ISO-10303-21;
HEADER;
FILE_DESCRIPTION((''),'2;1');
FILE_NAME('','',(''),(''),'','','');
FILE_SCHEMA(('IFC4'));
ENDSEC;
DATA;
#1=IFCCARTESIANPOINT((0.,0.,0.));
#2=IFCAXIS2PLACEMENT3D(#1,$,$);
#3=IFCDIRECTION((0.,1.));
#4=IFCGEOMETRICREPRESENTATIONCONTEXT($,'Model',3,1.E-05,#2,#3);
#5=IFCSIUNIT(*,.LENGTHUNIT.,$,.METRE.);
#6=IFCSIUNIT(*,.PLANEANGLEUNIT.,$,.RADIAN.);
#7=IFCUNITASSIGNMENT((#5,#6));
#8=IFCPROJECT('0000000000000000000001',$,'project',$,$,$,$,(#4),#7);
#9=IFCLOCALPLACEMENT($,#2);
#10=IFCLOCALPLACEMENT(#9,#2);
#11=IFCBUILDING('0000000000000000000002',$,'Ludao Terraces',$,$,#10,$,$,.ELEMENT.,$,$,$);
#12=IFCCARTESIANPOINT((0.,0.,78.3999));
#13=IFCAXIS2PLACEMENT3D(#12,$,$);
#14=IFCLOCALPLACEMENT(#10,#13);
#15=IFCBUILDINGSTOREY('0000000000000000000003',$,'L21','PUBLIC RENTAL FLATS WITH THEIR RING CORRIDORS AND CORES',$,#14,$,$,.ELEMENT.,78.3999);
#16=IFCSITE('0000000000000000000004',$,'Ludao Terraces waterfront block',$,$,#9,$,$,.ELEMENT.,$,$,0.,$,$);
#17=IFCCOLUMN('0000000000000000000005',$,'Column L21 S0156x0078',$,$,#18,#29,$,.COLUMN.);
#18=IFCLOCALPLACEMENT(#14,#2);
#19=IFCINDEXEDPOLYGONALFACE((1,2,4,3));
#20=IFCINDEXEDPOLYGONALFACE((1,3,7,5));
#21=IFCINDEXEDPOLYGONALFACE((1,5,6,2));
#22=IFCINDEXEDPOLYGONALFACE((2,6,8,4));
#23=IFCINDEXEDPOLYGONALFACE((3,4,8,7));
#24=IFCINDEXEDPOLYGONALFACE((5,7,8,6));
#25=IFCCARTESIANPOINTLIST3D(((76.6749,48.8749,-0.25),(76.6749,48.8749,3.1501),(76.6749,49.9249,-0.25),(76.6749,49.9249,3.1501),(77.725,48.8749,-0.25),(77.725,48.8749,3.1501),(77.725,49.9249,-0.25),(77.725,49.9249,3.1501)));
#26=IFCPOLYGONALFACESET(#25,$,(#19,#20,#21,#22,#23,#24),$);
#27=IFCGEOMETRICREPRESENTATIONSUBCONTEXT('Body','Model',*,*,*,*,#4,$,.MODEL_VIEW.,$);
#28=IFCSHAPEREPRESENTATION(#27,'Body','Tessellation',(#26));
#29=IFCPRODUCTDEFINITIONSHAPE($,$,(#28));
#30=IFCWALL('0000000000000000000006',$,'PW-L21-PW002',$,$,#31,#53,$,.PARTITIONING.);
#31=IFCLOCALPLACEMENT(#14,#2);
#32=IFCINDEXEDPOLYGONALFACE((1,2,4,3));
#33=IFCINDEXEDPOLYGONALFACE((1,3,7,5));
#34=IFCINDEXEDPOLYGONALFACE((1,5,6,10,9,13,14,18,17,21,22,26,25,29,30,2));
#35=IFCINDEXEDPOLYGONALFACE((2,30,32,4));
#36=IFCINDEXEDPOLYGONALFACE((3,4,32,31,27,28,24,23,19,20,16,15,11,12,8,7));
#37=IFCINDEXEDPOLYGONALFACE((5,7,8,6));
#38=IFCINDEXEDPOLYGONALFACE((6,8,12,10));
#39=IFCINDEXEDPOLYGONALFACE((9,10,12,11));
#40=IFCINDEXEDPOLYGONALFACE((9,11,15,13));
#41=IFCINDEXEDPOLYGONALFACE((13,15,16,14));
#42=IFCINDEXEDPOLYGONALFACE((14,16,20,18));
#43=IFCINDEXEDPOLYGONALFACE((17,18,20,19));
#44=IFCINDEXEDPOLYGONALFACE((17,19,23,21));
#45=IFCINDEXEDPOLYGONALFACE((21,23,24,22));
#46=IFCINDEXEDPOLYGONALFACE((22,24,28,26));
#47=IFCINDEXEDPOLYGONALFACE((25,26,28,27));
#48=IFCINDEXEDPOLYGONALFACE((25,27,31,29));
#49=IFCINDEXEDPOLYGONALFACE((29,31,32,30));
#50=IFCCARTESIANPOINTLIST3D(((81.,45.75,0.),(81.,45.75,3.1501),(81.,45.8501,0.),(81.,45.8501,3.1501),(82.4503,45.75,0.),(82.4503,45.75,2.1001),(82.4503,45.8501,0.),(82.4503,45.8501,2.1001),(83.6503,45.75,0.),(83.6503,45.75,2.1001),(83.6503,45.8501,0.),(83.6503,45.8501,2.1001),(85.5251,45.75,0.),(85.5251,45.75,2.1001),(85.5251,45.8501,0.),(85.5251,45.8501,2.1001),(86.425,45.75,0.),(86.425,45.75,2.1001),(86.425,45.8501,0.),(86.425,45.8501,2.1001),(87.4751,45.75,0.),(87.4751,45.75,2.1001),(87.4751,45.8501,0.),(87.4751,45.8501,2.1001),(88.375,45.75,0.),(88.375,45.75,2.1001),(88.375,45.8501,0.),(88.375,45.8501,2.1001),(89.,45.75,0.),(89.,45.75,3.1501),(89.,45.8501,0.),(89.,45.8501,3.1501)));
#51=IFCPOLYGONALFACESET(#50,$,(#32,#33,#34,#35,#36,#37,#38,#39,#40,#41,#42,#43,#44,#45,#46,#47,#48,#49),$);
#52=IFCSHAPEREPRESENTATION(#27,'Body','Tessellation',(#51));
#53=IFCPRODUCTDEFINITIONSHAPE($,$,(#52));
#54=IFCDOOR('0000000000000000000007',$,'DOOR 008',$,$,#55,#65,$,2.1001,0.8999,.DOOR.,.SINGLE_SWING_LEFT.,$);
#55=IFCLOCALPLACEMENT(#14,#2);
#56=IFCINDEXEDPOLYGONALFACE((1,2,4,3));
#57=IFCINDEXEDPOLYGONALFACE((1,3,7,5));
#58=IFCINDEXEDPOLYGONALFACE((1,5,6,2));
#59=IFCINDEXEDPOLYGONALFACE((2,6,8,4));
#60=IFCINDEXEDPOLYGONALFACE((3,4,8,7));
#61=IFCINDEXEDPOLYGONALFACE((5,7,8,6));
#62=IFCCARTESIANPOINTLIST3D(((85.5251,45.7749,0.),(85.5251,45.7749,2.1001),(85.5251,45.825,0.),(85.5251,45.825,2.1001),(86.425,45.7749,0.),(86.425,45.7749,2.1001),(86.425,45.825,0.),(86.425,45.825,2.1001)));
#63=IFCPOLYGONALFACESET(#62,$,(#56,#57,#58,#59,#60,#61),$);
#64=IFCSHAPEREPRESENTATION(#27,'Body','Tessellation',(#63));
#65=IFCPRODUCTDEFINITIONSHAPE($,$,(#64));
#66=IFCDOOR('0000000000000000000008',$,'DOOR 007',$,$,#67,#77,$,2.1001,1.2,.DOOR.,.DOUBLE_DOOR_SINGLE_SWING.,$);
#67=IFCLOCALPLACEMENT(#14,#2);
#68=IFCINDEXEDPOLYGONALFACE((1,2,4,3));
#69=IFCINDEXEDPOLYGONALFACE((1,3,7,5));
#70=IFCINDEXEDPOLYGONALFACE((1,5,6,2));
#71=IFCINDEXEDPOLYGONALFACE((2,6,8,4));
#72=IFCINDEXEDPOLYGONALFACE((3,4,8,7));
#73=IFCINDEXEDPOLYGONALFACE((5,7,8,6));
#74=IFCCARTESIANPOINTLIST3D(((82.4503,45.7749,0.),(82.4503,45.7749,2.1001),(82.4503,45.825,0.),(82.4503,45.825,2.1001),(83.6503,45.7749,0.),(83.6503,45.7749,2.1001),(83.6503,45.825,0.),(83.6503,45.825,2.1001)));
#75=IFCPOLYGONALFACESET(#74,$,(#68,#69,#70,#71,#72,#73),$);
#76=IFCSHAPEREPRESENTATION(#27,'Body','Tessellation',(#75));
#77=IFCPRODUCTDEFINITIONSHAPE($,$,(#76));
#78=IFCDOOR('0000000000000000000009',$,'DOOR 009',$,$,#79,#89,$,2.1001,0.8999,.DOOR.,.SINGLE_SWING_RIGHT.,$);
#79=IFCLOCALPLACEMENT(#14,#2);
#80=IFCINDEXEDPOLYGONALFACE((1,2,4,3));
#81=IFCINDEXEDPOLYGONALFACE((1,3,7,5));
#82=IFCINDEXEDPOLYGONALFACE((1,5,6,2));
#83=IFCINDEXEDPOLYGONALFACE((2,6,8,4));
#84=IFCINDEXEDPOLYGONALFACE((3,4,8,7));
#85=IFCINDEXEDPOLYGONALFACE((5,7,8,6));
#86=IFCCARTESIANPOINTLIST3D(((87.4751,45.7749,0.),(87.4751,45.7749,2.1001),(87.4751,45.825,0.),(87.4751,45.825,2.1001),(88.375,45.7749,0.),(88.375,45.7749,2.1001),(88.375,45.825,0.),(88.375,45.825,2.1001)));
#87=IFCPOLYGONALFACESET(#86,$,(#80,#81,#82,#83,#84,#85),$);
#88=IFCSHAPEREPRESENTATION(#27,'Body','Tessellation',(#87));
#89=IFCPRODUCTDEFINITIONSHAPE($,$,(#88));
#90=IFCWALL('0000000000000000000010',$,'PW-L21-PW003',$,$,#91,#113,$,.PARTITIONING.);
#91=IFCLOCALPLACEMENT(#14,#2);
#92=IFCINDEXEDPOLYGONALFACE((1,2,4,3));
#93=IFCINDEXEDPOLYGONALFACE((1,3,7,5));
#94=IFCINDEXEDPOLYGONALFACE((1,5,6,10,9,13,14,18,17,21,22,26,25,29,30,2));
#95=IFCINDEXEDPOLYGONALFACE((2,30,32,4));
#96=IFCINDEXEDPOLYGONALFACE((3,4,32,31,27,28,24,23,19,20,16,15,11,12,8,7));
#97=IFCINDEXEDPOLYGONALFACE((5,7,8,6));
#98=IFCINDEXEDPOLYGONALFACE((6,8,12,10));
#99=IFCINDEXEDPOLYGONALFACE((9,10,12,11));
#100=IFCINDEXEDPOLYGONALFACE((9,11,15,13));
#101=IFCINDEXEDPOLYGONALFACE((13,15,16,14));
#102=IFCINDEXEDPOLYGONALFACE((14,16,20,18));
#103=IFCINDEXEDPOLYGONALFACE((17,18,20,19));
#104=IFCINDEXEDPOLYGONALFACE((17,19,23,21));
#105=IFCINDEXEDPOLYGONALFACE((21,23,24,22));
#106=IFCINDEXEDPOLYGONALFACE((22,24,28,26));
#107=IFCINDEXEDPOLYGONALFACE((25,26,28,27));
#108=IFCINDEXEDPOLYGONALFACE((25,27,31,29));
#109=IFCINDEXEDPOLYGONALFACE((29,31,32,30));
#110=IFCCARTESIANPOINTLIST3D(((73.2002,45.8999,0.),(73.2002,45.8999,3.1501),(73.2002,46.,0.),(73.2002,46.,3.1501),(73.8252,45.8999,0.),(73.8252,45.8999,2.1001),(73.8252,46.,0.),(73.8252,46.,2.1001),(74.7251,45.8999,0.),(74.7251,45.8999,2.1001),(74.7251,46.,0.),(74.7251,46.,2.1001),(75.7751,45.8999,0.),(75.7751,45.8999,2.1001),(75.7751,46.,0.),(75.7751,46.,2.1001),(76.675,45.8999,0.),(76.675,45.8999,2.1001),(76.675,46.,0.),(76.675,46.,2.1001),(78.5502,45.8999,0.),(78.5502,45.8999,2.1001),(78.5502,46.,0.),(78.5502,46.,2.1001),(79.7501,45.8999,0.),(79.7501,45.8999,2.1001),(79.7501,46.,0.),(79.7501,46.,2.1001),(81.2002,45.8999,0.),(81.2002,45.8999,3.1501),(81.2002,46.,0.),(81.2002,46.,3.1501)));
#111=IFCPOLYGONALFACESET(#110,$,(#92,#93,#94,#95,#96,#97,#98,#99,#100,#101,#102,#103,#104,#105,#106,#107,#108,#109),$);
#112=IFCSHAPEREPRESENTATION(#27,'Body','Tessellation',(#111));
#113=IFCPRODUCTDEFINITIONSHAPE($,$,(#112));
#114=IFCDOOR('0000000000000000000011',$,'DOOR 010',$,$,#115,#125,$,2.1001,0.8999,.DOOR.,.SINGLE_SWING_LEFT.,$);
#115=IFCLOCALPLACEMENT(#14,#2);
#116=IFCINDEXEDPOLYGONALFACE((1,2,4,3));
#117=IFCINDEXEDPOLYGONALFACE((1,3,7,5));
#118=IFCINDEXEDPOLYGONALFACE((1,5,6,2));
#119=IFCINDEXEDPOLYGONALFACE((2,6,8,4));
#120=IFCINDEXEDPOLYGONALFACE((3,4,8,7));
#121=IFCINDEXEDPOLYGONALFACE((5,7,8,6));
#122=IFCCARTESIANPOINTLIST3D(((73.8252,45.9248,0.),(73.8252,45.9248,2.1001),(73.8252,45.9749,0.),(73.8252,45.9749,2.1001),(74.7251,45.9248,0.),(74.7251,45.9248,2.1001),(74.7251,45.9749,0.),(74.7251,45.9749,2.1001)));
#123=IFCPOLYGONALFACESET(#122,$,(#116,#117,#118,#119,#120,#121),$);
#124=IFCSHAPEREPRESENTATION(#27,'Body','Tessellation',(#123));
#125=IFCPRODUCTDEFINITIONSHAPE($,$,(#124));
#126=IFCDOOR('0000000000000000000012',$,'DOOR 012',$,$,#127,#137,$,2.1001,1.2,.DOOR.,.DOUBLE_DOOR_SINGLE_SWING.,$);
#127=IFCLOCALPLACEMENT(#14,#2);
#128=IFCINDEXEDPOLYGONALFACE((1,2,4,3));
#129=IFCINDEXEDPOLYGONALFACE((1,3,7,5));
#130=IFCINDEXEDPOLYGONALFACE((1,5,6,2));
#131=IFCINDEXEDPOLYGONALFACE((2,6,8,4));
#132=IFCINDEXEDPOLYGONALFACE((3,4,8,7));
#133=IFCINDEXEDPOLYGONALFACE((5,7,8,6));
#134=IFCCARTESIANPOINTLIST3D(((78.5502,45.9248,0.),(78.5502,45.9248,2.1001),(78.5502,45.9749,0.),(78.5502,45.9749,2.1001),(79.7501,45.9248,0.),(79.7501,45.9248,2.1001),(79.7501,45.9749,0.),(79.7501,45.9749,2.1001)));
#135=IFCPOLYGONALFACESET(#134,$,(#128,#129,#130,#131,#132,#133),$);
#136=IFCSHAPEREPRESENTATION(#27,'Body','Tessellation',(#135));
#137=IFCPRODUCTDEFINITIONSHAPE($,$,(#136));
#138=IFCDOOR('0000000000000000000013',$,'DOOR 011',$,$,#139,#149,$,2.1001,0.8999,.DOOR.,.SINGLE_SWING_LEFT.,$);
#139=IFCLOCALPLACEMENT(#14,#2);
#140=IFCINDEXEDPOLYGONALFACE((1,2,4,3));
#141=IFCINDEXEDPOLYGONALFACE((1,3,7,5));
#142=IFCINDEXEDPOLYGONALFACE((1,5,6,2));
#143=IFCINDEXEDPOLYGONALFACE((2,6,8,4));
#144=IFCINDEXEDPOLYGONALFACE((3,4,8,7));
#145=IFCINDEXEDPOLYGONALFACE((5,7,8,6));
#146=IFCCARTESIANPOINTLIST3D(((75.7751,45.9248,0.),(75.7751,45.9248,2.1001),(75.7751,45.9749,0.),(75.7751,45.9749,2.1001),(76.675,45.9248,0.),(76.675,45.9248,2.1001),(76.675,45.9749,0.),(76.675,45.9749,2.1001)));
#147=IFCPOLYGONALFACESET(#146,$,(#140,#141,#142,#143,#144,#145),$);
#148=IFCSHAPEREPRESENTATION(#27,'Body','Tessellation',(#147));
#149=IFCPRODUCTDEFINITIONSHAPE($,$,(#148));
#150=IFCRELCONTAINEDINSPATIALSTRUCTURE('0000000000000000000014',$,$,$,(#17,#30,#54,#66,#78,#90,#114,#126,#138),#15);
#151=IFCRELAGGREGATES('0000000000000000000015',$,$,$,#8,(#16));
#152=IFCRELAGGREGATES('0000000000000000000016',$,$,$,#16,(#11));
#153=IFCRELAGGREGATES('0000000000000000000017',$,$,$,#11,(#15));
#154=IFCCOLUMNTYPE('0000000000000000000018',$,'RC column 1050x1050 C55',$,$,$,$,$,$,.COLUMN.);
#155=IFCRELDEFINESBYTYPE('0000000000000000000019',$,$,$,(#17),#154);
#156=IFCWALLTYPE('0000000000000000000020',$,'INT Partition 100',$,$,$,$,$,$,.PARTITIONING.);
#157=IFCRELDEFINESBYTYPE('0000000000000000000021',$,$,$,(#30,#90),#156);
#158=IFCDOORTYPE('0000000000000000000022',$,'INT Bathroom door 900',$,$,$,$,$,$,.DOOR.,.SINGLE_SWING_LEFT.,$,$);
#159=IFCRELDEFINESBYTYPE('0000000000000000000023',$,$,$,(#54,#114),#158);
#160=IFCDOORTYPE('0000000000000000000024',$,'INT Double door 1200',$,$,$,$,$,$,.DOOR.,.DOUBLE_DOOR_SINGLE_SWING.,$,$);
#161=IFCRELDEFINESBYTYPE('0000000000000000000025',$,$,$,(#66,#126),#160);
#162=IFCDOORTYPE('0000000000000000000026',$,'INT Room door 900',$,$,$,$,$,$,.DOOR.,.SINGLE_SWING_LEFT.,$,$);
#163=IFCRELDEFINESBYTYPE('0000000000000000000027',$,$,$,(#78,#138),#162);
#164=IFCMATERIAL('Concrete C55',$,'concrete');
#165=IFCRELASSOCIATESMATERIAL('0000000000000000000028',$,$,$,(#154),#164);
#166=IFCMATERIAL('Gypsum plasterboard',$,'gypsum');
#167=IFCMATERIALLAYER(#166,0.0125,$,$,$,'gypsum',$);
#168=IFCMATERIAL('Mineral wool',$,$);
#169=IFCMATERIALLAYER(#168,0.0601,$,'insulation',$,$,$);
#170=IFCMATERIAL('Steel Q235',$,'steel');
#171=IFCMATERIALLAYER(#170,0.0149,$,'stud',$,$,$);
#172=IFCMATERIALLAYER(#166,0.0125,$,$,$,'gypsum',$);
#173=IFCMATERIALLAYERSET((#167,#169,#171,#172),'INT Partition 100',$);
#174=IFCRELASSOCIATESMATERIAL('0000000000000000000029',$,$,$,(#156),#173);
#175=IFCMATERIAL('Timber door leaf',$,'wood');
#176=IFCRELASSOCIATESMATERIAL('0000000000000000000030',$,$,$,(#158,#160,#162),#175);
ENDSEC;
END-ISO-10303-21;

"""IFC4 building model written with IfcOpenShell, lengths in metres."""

from ifc_helpers import new_model, si_unit, direction, frame, frame_2d, origin, origin_2d, place, context, subcontext, project, spatial, rectangle, extrude, material, layer, layer_set, material_profile, profile_set, type_object, element, fill, save


model = new_model("IFC4")

# Units and contexts
model_context = context("Model", 3, precision=1e-05, world=origin(), true_north=direction((0.0, 1.0)))
body_context = subcontext(model_context, "Body", "Model", "MODEL_VIEW")
ifc_project = project(units=[si_unit("LENGTHUNIT", "METRE"), si_unit("PLANEANGLEUNIT", "RADIAN")], contexts=[model_context])

# Site, building, storey
site_placement = place(None, origin())
site = spatial("IfcSite", under=ifc_project, at=site_placement, Name="Ludao Terraces waterfront block", CompositionType="ELEMENT", RefElevation=0.0)
building_placement = place(site_placement, origin())
building = spatial("IfcBuilding", under=site, at=building_placement, Name="Ludao Terraces", CompositionType="ELEMENT")
storey_placement = place(building_placement, frame((0.0, 0.0, 78.3999)))
storey = spatial("IfcBuildingStorey", under=building, at=storey_placement, Name="L21", Description="PUBLIC RENTAL FLATS WITH THEIR RING CORRIDORS AND CORES", CompositionType="ELEMENT", Elevation=78.3999)

# Column
ifc_material_1 = material(Name="Concrete C55", Category="concrete")
ifc_material_profile = material_profile(ifc_material_1, rectangle(XDim=1.05, YDim=1.05, at=origin_2d()), Name="1050 X 1050")
ifc_profile_set = profile_set([ifc_material_profile], Name="Concrete C55")
column_type = type_object("IfcColumnType", Name="RC column 1050x1050 C55", PredefinedType="COLUMN", material=ifc_profile_set)
column_placement = place(storey_placement, frame((77.2, 49.3999, -0.25), z_axis=(0.0, 0.0, 1.0), x_axis=(1.0, 0.0, 0.0)))
element("IfcColumn", 1, at=column_placement, inside=storey, type_object=column_type, Name="Column L21 S0156x0078", PredefinedType="COLUMN", context=body_context, shape_type="SweptSolid", body=[
    extrude(rectangle(XDim=1.05, YDim=1.05, at=origin_2d()), origin(), (0.0, 0.0, 1.0), 3.4001),
])

# Walls, openings, doors
ifc_material_2 = material(Name="Gypsum plasterboard", Category="gypsum")
ifc_layer_1 = layer(ifc_material_2, 0.0125, Category="gypsum")
ifc_material_3 = material(Name="Mineral wool")
ifc_layer_2 = layer(ifc_material_3, 0.0601, Name="insulation")
ifc_material_4 = material(Name="Steel Q235", Category="steel")
ifc_layer_3 = layer(ifc_material_4, 0.0149, Name="stud")
ifc_layer_4 = layer(ifc_material_2, 0.0125, Category="gypsum")
ifc_layer_set_1 = layer_set([ifc_layer_1, ifc_layer_2, ifc_layer_3, ifc_layer_4], Name="INT Partition 100")
wall_type_1 = type_object("IfcWallType", Name="INT Partition 100", PredefinedType="PARTITIONING", material=ifc_layer_set_1)
wall_1_placement = place(storey_placement, frame((81.0, 45.8, 0.0), z_axis=(0.0, 0.0, 1.0), x_axis=(1.0, 0.0, 0.0)))
wall_1 = element("IfcWall", 2, at=wall_1_placement, inside=storey, type_object=wall_type_1, Name="PW-L21-PW002", PredefinedType="PARTITIONING", context=body_context, shape_type="SweptSolid", body=[
    extrude(rectangle(XDim=8.0, YDim=0.1001, at=frame_2d((4.0, 0.0))), origin(), (0.0, 0.0, 1.0), 3.1501),
])
opening_1_placement = place(wall_1_placement, frame((1.4502, 0.0, 0.0)))
opening_1 = element("IfcOpeningElement", 3, at=opening_1_placement, cuts=wall_1, PredefinedType="OPENING", context=body_context, shape_type="SweptSolid", body=[
    extrude(rectangle(XDim=1.2, YDim=2.1001, at=frame_2d((0.6001, 1.05))), frame((0.0, 0.0601, 0.0), z_axis=(0.0, -1.0, 0.0), x_axis=(1.0, 0.0, 0.0)), (0.0, 0.0, 1.0), 0.1201),
])
opening_2_placement = place(wall_1_placement, frame((4.5251, 0.0, 0.0)))
opening_2 = element("IfcOpeningElement", 4, at=opening_2_placement, cuts=wall_1, PredefinedType="OPENING", context=body_context, shape_type="SweptSolid", body=[
    extrude(rectangle(XDim=0.8999, YDim=2.1001, at=frame_2d((0.45, 1.05))), frame((0.0, 0.0601, 0.0), z_axis=(0.0, -1.0, 0.0), x_axis=(1.0, 0.0, 0.0)), (0.0, 0.0, 1.0), 0.1201),
])
opening_3_placement = place(wall_1_placement, frame((6.4751, 0.0, 0.0)))
opening_3 = element("IfcOpeningElement", 5, at=opening_3_placement, cuts=wall_1, PredefinedType="OPENING", context=body_context, shape_type="SweptSolid", body=[
    extrude(rectangle(XDim=0.8999, YDim=2.1001, at=frame_2d((0.45, 1.05))), frame((0.0, 0.0601, 0.0), z_axis=(0.0, -1.0, 0.0), x_axis=(1.0, 0.0, 0.0)), (0.0, 0.0, 1.0), 0.1201),
])
ifc_material_5 = material(Name="Timber door leaf", Category="wood")
door_type_1 = type_object("IfcDoorType", Name="INT Bathroom door 900", OperationType="SINGLE_SWING_LEFT", PredefinedType="DOOR", material=ifc_material_5)
door_1_placement = place(opening_2_placement, origin())
door_1 = element("IfcDoor", 6, at=door_1_placement, inside=storey, type_object=door_type_1, Name="DOOR 008", OperationType="SINGLE_SWING_LEFT", OverallHeight=2.1001, OverallWidth=0.8999, PredefinedType="DOOR", context=body_context, shape_type="SweptSolid", body=[
    extrude(rectangle(XDim=0.8999, YDim=2.1001, at=frame_2d((0.45, 1.05))), frame((0.0, 0.0249, 0.0), z_axis=(0.0, -1.0, 0.0), x_axis=(1.0, 0.0, 0.0)), (0.0, 0.0, 1.0), 0.05),
])
fill(opening_2, door_1)
door_type_2 = type_object("IfcDoorType", Name="INT Double door 1200", OperationType="DOUBLE_DOOR_SINGLE_SWING", PredefinedType="DOOR", material=ifc_material_5)
door_2_placement = place(opening_1_placement, origin())
door_2 = element("IfcDoor", 7, at=door_2_placement, inside=storey, type_object=door_type_2, Name="DOOR 007", OperationType="DOUBLE_DOOR_SINGLE_SWING", OverallHeight=2.1001, OverallWidth=1.2, PredefinedType="DOOR", context=body_context, shape_type="SweptSolid", body=[
    extrude(rectangle(XDim=1.2, YDim=2.1001, at=frame_2d((0.6001, 1.05))), frame((0.0, 0.0249, 0.0), z_axis=(0.0, -1.0, 0.0), x_axis=(1.0, 0.0, 0.0)), (0.0, 0.0, 1.0), 0.05),
])
fill(opening_1, door_2)
door_type_3 = type_object("IfcDoorType", Name="INT Room door 900", OperationType="SINGLE_SWING_LEFT", PredefinedType="DOOR", material=ifc_material_5)
door_3_placement = place(opening_3_placement, origin())
door_3 = element("IfcDoor", 8, at=door_3_placement, inside=storey, type_object=door_type_3, Name="DOOR 009", OperationType="SINGLE_SWING_RIGHT", OverallHeight=2.1001, OverallWidth=0.8999, PredefinedType="DOOR", context=body_context, shape_type="SweptSolid", body=[
    extrude(rectangle(XDim=0.8999, YDim=2.1001, at=frame_2d((0.45, 1.05))), frame((0.0, 0.0249, 0.0), z_axis=(0.0, -1.0, 0.0), x_axis=(1.0, 0.0, 0.0)), (0.0, 0.0, 1.0), 0.05),
])
fill(opening_3, door_3)
wall_2_placement = place(storey_placement, frame((73.2002, 45.95, 0.0), z_axis=(0.0, 0.0, 1.0), x_axis=(1.0, 0.0, 0.0)))
wall_2 = element("IfcWall", 9, at=wall_2_placement, inside=storey, type_object=wall_type_1, Name="PW-L21-PW003", PredefinedType="PARTITIONING", context=body_context, shape_type="SweptSolid", body=[
    extrude(rectangle(XDim=8.0, YDim=0.1001, at=frame_2d((4.0, 0.0))), origin(), (0.0, 0.0, 1.0), 3.1501),
])
opening_4_placement = place(wall_2_placement, frame((0.625, 0.0, 0.0)))
opening_4 = element("IfcOpeningElement", 10, at=opening_4_placement, cuts=wall_2, PredefinedType="OPENING", context=body_context, shape_type="SweptSolid", body=[
    extrude(rectangle(XDim=0.8999, YDim=2.1001, at=frame_2d((0.45, 1.05))), frame((0.0, 0.0601, 0.0), z_axis=(0.0, -1.0, 0.0), x_axis=(1.0, 0.0, 0.0)), (0.0, 0.0, 1.0), 0.1201),
])
opening_5_placement = place(wall_2_placement, frame((2.575, 0.0, 0.0)))
opening_5 = element("IfcOpeningElement", 11, at=opening_5_placement, cuts=wall_2, PredefinedType="OPENING", context=body_context, shape_type="SweptSolid", body=[
    extrude(rectangle(XDim=0.8999, YDim=2.1001, at=frame_2d((0.45, 1.05))), frame((0.0, 0.0601, 0.0), z_axis=(0.0, -1.0, 0.0), x_axis=(1.0, 0.0, 0.0)), (0.0, 0.0, 1.0), 0.1201),
])
opening_6_placement = place(wall_2_placement, frame((5.3499, 0.0, 0.0)))
opening_6 = element("IfcOpeningElement", 12, at=opening_6_placement, cuts=wall_2, PredefinedType="OPENING", context=body_context, shape_type="SweptSolid", body=[
    extrude(rectangle(XDim=1.2, YDim=2.1001, at=frame_2d((0.6001, 1.05))), frame((0.0, 0.0601, 0.0), z_axis=(0.0, -1.0, 0.0), x_axis=(1.0, 0.0, 0.0)), (0.0, 0.0, 1.0), 0.1201),
])
door_4_placement = place(opening_4_placement, origin())
door_4 = element("IfcDoor", 13, at=door_4_placement, inside=storey, type_object=door_type_1, Name="DOOR 010", OperationType="SINGLE_SWING_LEFT", OverallHeight=2.1001, OverallWidth=0.8999, PredefinedType="DOOR", context=body_context, shape_type="SweptSolid", body=[
    extrude(rectangle(XDim=0.8999, YDim=2.1001, at=frame_2d((0.45, 1.05))), frame((0.0, 0.0249, 0.0), z_axis=(0.0, -1.0, 0.0), x_axis=(1.0, 0.0, 0.0)), (0.0, 0.0, 1.0), 0.05),
])
fill(opening_4, door_4)
door_5_placement = place(opening_6_placement, origin())
door_5 = element("IfcDoor", 14, at=door_5_placement, inside=storey, type_object=door_type_2, Name="DOOR 012", OperationType="DOUBLE_DOOR_SINGLE_SWING", OverallHeight=2.1001, OverallWidth=1.2, PredefinedType="DOOR", context=body_context, shape_type="SweptSolid", body=[
    extrude(rectangle(XDim=1.2, YDim=2.1001, at=frame_2d((0.6001, 1.05))), frame((0.0, 0.0249, 0.0), z_axis=(0.0, -1.0, 0.0), x_axis=(1.0, 0.0, 0.0)), (0.0, 0.0, 1.0), 0.05),
])
fill(opening_6, door_5)
door_6_placement = place(opening_5_placement, origin())
door_6 = element("IfcDoor", 15, at=door_6_placement, inside=storey, type_object=door_type_3, Name="DOOR 011", OperationType="SINGLE_SWING_LEFT", OverallHeight=2.1001, OverallWidth=0.8999, PredefinedType="DOOR", context=body_context, shape_type="SweptSolid", body=[
    extrude(rectangle(XDim=0.8999, YDim=2.1001, at=frame_2d((0.45, 1.05))), frame((0.0, 0.0249, 0.0), z_axis=(0.0, -1.0, 0.0), x_axis=(1.0, 0.0, 0.0)), (0.0, 0.0, 1.0), 0.05),
])
fill(opening_5, door_6)

save(model, "model.ifc")
